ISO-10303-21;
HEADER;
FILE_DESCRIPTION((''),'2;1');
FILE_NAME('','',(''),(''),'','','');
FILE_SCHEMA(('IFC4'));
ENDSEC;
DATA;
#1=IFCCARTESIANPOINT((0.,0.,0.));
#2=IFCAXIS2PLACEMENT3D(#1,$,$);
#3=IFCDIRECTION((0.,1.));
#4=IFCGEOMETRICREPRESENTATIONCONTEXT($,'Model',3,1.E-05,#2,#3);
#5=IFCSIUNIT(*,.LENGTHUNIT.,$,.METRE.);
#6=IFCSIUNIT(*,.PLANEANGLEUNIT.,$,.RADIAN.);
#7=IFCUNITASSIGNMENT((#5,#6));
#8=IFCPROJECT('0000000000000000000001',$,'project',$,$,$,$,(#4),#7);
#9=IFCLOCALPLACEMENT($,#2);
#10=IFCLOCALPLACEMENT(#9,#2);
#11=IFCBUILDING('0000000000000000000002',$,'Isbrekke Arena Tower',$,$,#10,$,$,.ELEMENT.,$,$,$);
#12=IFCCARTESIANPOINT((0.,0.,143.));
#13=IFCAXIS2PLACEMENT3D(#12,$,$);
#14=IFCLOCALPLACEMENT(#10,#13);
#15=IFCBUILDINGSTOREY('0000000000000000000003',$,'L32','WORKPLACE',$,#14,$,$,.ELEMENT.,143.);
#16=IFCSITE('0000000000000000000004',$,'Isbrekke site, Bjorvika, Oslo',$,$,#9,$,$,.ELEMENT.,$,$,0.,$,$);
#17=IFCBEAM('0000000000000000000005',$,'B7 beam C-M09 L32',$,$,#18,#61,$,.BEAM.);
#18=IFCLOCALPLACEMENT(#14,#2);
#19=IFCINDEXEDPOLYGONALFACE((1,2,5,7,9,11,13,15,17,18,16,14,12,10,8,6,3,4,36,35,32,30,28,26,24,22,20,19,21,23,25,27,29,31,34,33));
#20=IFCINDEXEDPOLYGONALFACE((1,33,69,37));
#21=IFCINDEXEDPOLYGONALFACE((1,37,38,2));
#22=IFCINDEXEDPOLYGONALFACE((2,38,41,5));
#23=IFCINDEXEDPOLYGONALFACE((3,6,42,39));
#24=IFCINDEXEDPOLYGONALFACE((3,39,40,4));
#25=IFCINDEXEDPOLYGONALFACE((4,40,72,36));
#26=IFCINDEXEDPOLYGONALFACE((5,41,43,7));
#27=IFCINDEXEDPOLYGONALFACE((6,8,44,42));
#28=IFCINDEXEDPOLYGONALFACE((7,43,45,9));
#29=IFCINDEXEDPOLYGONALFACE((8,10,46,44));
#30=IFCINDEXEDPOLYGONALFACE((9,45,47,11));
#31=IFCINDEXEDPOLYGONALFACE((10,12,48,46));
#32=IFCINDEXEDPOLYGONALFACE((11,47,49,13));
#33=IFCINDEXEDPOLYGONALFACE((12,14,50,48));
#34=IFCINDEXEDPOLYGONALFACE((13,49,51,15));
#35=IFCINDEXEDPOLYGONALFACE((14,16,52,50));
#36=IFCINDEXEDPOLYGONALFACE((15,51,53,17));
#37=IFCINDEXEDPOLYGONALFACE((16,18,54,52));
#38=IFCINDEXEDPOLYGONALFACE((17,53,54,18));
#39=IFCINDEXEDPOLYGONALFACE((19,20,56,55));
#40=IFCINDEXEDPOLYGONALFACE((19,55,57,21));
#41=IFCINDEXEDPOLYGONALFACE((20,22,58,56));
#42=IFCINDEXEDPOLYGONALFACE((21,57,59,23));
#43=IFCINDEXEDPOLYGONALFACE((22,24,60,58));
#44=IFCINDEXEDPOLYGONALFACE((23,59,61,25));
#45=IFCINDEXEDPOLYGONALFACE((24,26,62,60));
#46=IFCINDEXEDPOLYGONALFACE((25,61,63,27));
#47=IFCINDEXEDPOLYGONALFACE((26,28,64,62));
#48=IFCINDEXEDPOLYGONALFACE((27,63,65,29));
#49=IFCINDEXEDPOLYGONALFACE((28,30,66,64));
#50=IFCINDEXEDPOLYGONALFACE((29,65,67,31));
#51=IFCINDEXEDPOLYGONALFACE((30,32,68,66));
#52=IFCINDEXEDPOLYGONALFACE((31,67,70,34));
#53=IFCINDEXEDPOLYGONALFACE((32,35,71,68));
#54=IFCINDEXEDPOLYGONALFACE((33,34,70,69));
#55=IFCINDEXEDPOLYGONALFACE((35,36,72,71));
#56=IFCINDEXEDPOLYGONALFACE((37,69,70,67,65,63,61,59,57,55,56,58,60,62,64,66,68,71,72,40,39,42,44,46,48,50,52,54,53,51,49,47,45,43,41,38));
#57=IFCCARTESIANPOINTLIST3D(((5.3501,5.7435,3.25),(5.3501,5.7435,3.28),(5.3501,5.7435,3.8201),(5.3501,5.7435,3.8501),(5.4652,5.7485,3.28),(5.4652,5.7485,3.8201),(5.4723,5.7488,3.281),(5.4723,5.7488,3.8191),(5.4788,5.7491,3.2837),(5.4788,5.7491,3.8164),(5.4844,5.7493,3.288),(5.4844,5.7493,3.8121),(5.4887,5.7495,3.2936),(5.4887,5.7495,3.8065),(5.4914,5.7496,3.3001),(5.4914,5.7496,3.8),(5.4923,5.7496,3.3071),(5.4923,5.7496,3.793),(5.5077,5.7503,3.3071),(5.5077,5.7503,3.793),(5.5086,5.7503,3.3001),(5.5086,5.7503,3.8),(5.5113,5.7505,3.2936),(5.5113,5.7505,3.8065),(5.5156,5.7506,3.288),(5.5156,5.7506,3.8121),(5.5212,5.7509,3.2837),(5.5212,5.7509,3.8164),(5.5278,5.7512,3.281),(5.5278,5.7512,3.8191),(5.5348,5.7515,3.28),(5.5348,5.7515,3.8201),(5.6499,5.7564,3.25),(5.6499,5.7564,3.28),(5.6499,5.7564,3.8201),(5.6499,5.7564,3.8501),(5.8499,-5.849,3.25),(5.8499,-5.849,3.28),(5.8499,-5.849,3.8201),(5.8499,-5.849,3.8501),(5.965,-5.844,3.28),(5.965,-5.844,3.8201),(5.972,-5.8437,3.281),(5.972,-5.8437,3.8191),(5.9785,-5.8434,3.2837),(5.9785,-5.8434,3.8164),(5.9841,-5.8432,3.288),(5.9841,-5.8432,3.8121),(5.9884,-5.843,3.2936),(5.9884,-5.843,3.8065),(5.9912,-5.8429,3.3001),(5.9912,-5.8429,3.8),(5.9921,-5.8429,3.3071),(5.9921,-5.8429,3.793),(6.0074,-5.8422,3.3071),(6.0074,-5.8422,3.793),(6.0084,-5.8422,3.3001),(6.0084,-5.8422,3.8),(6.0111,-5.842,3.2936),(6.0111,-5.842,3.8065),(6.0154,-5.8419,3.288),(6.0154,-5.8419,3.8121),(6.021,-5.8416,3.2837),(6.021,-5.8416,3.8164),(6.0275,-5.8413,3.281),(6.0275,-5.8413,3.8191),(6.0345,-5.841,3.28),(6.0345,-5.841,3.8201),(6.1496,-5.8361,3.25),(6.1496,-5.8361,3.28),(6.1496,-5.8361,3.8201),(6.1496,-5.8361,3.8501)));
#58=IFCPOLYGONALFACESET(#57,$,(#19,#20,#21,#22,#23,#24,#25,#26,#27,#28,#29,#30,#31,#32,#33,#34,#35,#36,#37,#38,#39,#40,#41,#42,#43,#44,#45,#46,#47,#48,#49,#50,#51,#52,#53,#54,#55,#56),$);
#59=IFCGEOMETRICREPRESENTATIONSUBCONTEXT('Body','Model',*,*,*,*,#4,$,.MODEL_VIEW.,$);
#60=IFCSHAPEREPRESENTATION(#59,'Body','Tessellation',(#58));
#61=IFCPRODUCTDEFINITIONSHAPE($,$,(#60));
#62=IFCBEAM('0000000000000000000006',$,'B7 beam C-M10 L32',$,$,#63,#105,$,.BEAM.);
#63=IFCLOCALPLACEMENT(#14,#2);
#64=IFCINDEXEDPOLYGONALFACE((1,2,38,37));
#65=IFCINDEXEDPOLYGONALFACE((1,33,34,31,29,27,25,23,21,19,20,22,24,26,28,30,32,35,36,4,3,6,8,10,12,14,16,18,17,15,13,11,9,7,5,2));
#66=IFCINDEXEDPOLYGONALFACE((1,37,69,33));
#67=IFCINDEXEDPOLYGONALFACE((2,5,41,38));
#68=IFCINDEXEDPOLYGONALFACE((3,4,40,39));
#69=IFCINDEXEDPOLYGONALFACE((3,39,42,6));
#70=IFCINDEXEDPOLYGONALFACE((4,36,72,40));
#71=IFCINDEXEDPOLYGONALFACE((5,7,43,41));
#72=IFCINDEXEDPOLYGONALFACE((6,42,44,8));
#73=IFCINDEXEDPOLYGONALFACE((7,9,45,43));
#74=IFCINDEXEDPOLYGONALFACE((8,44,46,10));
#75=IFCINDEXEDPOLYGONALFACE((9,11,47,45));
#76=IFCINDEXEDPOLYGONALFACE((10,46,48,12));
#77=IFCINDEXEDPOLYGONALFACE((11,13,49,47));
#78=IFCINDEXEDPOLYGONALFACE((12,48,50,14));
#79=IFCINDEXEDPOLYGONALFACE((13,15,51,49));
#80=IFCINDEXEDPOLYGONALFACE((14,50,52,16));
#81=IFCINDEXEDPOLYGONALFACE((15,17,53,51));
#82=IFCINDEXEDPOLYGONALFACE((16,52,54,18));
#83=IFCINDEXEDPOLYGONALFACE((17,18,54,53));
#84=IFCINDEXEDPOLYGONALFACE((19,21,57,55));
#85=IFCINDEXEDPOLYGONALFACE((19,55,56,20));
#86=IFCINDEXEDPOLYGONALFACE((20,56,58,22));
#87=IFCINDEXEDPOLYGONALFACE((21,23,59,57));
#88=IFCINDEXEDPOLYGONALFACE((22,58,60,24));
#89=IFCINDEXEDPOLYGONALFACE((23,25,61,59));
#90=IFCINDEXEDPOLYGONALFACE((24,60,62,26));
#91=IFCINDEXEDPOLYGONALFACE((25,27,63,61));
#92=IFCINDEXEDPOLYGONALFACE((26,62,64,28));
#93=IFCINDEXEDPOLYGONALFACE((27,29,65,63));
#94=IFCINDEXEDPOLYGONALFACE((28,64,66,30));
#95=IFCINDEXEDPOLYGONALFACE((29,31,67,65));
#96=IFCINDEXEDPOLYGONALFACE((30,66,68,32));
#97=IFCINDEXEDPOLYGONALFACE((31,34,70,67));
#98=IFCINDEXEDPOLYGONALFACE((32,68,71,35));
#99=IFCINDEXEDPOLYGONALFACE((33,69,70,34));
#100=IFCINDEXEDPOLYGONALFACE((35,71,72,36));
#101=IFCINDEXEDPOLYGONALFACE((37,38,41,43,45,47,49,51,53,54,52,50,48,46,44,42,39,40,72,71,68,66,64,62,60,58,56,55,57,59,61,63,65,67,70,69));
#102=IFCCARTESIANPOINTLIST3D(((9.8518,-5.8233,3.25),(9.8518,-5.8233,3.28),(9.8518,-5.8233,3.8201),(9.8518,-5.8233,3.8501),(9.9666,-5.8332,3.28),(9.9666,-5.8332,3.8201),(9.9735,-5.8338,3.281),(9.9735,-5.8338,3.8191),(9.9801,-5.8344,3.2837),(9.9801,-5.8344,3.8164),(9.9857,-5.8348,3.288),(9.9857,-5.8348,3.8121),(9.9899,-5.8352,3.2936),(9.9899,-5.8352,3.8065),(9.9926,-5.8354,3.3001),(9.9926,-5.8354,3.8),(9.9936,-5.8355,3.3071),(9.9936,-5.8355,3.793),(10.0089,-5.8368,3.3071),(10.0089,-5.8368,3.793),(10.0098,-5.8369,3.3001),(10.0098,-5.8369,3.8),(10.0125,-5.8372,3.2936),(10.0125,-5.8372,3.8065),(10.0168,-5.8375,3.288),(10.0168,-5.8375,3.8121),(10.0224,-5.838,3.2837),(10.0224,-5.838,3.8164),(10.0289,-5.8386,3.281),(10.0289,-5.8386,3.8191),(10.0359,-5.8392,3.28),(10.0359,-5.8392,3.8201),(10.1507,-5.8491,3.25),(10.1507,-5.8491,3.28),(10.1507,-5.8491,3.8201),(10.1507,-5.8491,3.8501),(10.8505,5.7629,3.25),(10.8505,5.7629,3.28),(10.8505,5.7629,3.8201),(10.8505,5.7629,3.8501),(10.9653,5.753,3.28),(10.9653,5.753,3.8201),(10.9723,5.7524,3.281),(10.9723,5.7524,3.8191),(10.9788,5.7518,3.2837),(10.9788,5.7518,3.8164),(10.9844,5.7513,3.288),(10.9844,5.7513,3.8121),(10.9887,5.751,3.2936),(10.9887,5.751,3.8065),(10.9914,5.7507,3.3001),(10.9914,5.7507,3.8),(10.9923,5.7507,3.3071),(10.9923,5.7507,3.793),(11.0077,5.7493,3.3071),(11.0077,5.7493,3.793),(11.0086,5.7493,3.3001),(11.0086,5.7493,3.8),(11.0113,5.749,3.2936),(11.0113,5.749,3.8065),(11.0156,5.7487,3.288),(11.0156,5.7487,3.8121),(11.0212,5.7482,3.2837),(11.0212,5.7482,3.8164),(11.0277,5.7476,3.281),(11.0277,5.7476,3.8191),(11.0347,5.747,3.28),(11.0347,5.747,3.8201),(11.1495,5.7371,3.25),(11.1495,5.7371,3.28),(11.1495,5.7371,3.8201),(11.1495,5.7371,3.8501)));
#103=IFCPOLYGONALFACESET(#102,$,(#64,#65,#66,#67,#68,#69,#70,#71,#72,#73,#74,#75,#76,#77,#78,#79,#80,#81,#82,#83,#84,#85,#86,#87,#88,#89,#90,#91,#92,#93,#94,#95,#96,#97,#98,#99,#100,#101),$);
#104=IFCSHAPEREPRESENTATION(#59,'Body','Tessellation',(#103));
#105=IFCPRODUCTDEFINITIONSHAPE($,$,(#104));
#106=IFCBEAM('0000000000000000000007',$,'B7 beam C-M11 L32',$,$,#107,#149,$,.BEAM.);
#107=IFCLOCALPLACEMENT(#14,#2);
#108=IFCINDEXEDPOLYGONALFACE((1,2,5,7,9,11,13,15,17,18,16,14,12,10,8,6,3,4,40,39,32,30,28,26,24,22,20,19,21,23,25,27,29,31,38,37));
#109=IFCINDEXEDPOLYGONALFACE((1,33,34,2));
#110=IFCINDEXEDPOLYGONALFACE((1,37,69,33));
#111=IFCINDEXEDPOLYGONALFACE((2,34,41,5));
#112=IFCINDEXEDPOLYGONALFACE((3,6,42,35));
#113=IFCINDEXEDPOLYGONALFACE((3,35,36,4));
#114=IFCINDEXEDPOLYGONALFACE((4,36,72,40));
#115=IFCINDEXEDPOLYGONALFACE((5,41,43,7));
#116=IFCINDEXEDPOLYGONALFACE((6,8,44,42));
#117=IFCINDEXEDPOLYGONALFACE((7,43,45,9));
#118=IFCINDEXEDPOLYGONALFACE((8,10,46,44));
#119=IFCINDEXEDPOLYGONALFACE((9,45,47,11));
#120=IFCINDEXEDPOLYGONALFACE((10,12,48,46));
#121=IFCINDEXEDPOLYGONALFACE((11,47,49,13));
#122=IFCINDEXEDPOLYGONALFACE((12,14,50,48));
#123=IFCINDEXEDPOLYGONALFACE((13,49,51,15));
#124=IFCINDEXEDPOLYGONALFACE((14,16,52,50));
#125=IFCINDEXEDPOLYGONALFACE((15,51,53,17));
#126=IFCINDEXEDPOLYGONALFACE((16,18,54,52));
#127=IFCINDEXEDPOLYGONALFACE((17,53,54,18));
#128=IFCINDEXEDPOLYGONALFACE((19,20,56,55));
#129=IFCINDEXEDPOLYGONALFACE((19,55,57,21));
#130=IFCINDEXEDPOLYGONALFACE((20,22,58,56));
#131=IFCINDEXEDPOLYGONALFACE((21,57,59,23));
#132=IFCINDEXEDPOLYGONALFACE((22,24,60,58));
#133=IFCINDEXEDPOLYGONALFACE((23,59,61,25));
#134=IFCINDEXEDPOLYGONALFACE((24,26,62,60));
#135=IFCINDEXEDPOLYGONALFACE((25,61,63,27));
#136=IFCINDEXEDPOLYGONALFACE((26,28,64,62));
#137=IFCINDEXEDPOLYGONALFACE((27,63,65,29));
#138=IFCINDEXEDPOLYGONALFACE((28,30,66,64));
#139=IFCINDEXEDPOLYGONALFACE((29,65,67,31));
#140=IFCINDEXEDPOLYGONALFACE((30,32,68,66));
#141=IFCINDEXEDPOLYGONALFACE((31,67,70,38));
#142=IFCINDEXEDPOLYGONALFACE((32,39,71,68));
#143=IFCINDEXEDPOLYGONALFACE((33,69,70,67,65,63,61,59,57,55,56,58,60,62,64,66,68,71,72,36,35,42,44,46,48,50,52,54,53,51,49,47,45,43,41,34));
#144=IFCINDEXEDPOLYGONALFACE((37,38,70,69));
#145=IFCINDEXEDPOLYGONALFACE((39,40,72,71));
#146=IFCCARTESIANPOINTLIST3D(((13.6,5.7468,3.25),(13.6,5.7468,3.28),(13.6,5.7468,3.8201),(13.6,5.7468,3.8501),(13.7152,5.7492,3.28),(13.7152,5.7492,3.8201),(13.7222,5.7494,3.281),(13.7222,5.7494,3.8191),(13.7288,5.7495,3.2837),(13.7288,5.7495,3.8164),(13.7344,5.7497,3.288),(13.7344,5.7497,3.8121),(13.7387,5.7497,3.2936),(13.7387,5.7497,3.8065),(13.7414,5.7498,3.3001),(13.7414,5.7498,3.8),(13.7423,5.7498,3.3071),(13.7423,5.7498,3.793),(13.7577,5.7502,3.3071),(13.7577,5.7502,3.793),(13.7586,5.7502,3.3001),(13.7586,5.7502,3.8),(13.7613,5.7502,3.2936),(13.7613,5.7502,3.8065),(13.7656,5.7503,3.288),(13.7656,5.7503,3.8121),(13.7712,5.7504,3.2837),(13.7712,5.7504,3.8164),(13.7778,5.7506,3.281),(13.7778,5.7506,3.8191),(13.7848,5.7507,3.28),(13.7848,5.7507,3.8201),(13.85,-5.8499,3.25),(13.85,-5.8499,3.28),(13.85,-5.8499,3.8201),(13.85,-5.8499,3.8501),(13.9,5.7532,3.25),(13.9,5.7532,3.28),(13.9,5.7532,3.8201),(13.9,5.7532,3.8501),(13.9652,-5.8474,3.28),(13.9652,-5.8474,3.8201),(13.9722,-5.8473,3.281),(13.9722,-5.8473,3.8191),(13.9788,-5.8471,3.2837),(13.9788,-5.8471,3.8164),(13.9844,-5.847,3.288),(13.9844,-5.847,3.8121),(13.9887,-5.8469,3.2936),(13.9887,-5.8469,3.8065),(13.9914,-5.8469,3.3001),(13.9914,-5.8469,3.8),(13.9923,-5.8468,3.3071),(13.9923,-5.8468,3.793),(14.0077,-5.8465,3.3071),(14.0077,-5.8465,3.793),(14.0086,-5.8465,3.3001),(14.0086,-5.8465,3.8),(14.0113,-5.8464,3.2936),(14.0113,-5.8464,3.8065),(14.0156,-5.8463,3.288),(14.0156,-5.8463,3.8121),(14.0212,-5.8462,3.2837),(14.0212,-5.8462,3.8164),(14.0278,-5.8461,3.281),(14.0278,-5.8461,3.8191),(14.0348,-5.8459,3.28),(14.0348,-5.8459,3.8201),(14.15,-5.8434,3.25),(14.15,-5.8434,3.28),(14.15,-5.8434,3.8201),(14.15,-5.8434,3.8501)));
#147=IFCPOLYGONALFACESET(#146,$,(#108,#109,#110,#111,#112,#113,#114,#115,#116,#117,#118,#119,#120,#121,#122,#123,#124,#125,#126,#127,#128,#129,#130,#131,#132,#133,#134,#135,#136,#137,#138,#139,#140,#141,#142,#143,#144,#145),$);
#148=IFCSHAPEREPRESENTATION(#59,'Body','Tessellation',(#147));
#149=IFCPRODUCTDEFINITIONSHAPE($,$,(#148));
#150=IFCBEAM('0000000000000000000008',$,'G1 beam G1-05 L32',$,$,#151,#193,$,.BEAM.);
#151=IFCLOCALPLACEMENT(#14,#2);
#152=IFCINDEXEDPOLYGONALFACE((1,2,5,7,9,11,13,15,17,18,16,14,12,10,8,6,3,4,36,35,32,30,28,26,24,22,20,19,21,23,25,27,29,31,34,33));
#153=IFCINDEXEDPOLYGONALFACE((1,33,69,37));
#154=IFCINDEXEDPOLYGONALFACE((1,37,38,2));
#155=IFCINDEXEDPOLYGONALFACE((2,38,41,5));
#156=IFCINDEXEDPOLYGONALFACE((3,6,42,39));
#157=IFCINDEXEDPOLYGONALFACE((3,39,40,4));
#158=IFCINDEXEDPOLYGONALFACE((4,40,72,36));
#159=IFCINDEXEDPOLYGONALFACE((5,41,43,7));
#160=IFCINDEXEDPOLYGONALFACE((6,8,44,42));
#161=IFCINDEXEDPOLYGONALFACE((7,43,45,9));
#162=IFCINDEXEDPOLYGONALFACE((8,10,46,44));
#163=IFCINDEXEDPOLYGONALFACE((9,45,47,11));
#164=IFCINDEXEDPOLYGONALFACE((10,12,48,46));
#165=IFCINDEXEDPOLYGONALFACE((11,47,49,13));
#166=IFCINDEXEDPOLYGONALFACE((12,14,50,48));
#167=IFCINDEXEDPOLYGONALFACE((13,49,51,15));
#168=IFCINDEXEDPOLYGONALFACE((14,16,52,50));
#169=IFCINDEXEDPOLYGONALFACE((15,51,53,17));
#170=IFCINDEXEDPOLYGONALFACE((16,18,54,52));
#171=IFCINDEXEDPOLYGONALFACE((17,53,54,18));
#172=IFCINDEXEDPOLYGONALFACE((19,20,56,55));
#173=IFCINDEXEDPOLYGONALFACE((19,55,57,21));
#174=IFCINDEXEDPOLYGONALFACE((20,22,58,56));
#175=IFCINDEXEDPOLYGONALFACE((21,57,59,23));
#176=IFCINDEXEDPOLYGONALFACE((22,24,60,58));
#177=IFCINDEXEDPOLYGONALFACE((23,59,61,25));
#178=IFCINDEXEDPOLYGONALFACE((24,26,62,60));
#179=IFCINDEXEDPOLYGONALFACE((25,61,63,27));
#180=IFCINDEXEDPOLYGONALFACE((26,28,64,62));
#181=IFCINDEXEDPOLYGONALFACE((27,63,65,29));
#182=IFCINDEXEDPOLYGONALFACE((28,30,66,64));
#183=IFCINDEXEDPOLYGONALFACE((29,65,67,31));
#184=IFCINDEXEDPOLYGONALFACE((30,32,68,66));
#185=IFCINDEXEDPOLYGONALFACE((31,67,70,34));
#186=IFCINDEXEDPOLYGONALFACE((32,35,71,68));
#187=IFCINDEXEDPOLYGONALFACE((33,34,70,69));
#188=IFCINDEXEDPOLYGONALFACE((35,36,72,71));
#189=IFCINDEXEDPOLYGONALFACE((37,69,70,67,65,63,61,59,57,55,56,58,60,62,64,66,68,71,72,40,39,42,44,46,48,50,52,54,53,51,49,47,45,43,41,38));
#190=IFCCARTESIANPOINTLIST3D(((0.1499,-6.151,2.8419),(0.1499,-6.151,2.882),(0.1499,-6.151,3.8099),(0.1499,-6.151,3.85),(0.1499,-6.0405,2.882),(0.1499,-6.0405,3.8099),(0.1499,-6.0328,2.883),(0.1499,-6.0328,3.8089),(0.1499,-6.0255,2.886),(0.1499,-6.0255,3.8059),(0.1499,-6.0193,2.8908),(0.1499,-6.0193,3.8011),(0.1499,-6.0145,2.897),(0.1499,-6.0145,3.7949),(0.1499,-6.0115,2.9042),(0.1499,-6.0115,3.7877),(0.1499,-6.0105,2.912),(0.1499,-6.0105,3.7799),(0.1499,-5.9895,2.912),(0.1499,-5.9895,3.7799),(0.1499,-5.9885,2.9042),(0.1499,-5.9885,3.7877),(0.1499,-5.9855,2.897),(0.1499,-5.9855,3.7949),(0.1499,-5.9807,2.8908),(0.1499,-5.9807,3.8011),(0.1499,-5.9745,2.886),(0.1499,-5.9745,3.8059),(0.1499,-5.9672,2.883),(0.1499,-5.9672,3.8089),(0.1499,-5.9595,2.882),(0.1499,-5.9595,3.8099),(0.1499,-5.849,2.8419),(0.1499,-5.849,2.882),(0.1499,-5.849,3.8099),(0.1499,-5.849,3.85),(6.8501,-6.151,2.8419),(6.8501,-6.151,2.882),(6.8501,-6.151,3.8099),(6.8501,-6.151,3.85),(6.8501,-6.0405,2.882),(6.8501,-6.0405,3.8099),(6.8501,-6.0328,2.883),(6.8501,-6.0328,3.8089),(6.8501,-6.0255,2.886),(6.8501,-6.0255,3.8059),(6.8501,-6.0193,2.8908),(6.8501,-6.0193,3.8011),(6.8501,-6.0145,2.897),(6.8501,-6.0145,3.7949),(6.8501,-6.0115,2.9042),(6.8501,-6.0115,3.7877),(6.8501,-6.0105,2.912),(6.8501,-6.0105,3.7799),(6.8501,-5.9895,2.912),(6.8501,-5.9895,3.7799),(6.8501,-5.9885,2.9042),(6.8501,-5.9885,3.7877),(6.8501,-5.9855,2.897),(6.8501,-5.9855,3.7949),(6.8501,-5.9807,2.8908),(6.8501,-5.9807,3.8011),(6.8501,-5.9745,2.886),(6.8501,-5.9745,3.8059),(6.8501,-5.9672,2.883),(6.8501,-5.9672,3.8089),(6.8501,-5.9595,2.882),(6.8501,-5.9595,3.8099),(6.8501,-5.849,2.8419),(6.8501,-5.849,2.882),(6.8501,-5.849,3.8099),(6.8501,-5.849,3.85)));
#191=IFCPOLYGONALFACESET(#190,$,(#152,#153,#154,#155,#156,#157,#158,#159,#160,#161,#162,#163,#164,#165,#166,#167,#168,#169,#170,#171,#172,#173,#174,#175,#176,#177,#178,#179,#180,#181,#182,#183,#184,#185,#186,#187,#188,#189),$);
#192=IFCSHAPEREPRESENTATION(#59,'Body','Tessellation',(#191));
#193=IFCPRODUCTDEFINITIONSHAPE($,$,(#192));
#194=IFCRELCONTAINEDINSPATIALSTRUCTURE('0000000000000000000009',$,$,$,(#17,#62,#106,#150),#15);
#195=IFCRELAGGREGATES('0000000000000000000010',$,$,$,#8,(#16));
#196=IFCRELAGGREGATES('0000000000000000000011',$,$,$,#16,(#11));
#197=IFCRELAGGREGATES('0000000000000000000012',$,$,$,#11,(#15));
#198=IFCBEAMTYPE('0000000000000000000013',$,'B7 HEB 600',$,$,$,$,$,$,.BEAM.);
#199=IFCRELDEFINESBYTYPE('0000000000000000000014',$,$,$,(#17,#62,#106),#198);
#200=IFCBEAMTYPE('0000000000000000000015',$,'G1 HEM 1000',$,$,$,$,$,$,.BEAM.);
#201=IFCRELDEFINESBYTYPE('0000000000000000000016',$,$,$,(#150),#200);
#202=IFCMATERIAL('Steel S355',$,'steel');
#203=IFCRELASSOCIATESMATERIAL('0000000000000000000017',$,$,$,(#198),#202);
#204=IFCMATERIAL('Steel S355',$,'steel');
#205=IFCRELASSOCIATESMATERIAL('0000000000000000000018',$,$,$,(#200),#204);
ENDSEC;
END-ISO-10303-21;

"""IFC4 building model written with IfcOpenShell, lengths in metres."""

from ifc_helpers import new_model, si_unit, direction, frame, origin, origin_2d, place, context, subcontext, project, spatial, i_section, extrude, material, material_profile, profile_set, type_object, element, save


model = new_model("IFC4")

# Units and contexts
model_context = context("Model", 3, precision=1e-05, world=origin(), true_north=direction((0.0, 1.0)))
body_context = subcontext(model_context, "Body", "Model", "MODEL_VIEW")
ifc_project = project(units=[si_unit("LENGTHUNIT", "METRE"), si_unit("PLANEANGLEUNIT", "RADIAN")], contexts=[model_context])

# Site, building, storey
site_placement = place(None, origin())
site = spatial("IfcSite", under=ifc_project, at=site_placement, Name="Isbrekke site, Bjorvika, Oslo", CompositionType="ELEMENT", RefElevation=0.0)
building_placement = place(site_placement, origin())
building = spatial("IfcBuilding", under=site, at=building_placement, Name="Isbrekke Arena Tower", CompositionType="ELEMENT")
storey_placement = place(building_placement, frame((0.0, 0.0, 143.0)))
storey = spatial("IfcBuildingStorey", under=building, at=storey_placement, Name="L32", Description="WORKPLACE", CompositionType="ELEMENT", Elevation=143.0)

# Beams
ifc_material_1 = material(Name="Steel S355", Category="steel")
ifc_material_profile_1 = material_profile(ifc_material_1, i_section(OverallWidth=0.3, OverallDepth=0.6001, WebThickness=0.0154, FlangeThickness=0.03, FilletRadius=0.0271, at=origin_2d()), Name="HEB 600")
ifc_profile_set_1 = profile_set([ifc_material_profile_1], Name="Steel S355")
beam_type_1 = type_object("IfcBeamType", Name="B7 HEB 600", PredefinedType="BEAM", material=ifc_profile_set_1)
beam_1_placement = place(storey_placement, frame((5.9998, -5.8425, 3.55), z_axis=(-0.04307, 0.999072, 0.0), x_axis=(-0.999072, -0.04307, 0.0)))
element("IfcBeam", 1, at=beam_1_placement, inside=storey, type_object=beam_type_1, Name="B7 beam C-M09 L32", PredefinedType="BEAM", context=body_context, shape_type="SweptSolid", body=[
    extrude(i_section(OverallWidth=0.3, OverallDepth=0.6001, WebThickness=0.0154, FlangeThickness=0.03, FilletRadius=0.0271, at=origin_2d()), origin(), (0.0, 0.0, 1.0), 11.6033),
])
beam_2_placement = place(storey_placement, frame((10.0012, -5.8362, 3.55), z_axis=(0.085886, 0.996305, 0.0), x_axis=(-0.996305, 0.085886, 0.0)))
element("IfcBeam", 2, at=beam_2_placement, inside=storey, type_object=beam_type_1, Name="B7 beam C-M10 L32", PredefinedType="BEAM", context=body_context, shape_type="SweptSolid", body=[
    extrude(i_section(OverallWidth=0.3, OverallDepth=0.6001, WebThickness=0.0154, FlangeThickness=0.03, FilletRadius=0.0271, at=origin_2d()), origin(), (0.0, 0.0, 1.0), 11.6292),
])
beam_3_placement = place(storey_placement, frame((14.0, -5.8467, 3.55), z_axis=(-0.021553, 0.999768, 0.0), x_axis=(-0.999768, -0.021553, 0.0)))
element("IfcBeam", 3, at=beam_3_placement, inside=storey, type_object=beam_type_1, Name="B7 beam C-M11 L32", PredefinedType="BEAM", context=body_context, shape_type="SweptSolid", body=[
    extrude(i_section(OverallWidth=0.3, OverallDepth=0.6001, WebThickness=0.0154, FlangeThickness=0.03, FilletRadius=0.0271, at=origin_2d()), origin(), (0.0, 0.0, 1.0), 11.5994),
])
ifc_material_2 = material(Name="Steel S355", Category="steel")
ifc_material_profile_2 = material_profile(ifc_material_2, i_section(OverallWidth=0.302, OverallDepth=1.0081, WebThickness=0.021, FlangeThickness=0.04, FilletRadius=0.03, at=origin_2d()), Name="HEM 1000")
ifc_profile_set_2 = profile_set([ifc_material_profile_2], Name="Steel S355")
beam_type_2 = type_object("IfcBeamType", Name="G1 HEM 1000", PredefinedType="BEAM", material=ifc_profile_set_2)
for number, where, z_axis, x_axis, name in (
    (4, (0.1499, -6.0, 3.3459), (1.0, 0.0, 0.0), (0.0, 1.0, 0.0), "G1 beam G1-05 L32"),
):
    element("IfcBeam", number, at=place(storey_placement, frame(where, z_axis=z_axis, x_axis=x_axis)), inside=storey, type_object=beam_type_2, Name=name, PredefinedType="BEAM", context=body_context, shape_type="SweptSolid", body=[
        extrude(i_section(OverallWidth=0.302, OverallDepth=1.0081, WebThickness=0.021, FlangeThickness=0.04, FilletRadius=0.03, at=origin_2d()), origin(), (0.0, 0.0, 1.0), 6.7002),
    ])

save(model, "model.ifc")
